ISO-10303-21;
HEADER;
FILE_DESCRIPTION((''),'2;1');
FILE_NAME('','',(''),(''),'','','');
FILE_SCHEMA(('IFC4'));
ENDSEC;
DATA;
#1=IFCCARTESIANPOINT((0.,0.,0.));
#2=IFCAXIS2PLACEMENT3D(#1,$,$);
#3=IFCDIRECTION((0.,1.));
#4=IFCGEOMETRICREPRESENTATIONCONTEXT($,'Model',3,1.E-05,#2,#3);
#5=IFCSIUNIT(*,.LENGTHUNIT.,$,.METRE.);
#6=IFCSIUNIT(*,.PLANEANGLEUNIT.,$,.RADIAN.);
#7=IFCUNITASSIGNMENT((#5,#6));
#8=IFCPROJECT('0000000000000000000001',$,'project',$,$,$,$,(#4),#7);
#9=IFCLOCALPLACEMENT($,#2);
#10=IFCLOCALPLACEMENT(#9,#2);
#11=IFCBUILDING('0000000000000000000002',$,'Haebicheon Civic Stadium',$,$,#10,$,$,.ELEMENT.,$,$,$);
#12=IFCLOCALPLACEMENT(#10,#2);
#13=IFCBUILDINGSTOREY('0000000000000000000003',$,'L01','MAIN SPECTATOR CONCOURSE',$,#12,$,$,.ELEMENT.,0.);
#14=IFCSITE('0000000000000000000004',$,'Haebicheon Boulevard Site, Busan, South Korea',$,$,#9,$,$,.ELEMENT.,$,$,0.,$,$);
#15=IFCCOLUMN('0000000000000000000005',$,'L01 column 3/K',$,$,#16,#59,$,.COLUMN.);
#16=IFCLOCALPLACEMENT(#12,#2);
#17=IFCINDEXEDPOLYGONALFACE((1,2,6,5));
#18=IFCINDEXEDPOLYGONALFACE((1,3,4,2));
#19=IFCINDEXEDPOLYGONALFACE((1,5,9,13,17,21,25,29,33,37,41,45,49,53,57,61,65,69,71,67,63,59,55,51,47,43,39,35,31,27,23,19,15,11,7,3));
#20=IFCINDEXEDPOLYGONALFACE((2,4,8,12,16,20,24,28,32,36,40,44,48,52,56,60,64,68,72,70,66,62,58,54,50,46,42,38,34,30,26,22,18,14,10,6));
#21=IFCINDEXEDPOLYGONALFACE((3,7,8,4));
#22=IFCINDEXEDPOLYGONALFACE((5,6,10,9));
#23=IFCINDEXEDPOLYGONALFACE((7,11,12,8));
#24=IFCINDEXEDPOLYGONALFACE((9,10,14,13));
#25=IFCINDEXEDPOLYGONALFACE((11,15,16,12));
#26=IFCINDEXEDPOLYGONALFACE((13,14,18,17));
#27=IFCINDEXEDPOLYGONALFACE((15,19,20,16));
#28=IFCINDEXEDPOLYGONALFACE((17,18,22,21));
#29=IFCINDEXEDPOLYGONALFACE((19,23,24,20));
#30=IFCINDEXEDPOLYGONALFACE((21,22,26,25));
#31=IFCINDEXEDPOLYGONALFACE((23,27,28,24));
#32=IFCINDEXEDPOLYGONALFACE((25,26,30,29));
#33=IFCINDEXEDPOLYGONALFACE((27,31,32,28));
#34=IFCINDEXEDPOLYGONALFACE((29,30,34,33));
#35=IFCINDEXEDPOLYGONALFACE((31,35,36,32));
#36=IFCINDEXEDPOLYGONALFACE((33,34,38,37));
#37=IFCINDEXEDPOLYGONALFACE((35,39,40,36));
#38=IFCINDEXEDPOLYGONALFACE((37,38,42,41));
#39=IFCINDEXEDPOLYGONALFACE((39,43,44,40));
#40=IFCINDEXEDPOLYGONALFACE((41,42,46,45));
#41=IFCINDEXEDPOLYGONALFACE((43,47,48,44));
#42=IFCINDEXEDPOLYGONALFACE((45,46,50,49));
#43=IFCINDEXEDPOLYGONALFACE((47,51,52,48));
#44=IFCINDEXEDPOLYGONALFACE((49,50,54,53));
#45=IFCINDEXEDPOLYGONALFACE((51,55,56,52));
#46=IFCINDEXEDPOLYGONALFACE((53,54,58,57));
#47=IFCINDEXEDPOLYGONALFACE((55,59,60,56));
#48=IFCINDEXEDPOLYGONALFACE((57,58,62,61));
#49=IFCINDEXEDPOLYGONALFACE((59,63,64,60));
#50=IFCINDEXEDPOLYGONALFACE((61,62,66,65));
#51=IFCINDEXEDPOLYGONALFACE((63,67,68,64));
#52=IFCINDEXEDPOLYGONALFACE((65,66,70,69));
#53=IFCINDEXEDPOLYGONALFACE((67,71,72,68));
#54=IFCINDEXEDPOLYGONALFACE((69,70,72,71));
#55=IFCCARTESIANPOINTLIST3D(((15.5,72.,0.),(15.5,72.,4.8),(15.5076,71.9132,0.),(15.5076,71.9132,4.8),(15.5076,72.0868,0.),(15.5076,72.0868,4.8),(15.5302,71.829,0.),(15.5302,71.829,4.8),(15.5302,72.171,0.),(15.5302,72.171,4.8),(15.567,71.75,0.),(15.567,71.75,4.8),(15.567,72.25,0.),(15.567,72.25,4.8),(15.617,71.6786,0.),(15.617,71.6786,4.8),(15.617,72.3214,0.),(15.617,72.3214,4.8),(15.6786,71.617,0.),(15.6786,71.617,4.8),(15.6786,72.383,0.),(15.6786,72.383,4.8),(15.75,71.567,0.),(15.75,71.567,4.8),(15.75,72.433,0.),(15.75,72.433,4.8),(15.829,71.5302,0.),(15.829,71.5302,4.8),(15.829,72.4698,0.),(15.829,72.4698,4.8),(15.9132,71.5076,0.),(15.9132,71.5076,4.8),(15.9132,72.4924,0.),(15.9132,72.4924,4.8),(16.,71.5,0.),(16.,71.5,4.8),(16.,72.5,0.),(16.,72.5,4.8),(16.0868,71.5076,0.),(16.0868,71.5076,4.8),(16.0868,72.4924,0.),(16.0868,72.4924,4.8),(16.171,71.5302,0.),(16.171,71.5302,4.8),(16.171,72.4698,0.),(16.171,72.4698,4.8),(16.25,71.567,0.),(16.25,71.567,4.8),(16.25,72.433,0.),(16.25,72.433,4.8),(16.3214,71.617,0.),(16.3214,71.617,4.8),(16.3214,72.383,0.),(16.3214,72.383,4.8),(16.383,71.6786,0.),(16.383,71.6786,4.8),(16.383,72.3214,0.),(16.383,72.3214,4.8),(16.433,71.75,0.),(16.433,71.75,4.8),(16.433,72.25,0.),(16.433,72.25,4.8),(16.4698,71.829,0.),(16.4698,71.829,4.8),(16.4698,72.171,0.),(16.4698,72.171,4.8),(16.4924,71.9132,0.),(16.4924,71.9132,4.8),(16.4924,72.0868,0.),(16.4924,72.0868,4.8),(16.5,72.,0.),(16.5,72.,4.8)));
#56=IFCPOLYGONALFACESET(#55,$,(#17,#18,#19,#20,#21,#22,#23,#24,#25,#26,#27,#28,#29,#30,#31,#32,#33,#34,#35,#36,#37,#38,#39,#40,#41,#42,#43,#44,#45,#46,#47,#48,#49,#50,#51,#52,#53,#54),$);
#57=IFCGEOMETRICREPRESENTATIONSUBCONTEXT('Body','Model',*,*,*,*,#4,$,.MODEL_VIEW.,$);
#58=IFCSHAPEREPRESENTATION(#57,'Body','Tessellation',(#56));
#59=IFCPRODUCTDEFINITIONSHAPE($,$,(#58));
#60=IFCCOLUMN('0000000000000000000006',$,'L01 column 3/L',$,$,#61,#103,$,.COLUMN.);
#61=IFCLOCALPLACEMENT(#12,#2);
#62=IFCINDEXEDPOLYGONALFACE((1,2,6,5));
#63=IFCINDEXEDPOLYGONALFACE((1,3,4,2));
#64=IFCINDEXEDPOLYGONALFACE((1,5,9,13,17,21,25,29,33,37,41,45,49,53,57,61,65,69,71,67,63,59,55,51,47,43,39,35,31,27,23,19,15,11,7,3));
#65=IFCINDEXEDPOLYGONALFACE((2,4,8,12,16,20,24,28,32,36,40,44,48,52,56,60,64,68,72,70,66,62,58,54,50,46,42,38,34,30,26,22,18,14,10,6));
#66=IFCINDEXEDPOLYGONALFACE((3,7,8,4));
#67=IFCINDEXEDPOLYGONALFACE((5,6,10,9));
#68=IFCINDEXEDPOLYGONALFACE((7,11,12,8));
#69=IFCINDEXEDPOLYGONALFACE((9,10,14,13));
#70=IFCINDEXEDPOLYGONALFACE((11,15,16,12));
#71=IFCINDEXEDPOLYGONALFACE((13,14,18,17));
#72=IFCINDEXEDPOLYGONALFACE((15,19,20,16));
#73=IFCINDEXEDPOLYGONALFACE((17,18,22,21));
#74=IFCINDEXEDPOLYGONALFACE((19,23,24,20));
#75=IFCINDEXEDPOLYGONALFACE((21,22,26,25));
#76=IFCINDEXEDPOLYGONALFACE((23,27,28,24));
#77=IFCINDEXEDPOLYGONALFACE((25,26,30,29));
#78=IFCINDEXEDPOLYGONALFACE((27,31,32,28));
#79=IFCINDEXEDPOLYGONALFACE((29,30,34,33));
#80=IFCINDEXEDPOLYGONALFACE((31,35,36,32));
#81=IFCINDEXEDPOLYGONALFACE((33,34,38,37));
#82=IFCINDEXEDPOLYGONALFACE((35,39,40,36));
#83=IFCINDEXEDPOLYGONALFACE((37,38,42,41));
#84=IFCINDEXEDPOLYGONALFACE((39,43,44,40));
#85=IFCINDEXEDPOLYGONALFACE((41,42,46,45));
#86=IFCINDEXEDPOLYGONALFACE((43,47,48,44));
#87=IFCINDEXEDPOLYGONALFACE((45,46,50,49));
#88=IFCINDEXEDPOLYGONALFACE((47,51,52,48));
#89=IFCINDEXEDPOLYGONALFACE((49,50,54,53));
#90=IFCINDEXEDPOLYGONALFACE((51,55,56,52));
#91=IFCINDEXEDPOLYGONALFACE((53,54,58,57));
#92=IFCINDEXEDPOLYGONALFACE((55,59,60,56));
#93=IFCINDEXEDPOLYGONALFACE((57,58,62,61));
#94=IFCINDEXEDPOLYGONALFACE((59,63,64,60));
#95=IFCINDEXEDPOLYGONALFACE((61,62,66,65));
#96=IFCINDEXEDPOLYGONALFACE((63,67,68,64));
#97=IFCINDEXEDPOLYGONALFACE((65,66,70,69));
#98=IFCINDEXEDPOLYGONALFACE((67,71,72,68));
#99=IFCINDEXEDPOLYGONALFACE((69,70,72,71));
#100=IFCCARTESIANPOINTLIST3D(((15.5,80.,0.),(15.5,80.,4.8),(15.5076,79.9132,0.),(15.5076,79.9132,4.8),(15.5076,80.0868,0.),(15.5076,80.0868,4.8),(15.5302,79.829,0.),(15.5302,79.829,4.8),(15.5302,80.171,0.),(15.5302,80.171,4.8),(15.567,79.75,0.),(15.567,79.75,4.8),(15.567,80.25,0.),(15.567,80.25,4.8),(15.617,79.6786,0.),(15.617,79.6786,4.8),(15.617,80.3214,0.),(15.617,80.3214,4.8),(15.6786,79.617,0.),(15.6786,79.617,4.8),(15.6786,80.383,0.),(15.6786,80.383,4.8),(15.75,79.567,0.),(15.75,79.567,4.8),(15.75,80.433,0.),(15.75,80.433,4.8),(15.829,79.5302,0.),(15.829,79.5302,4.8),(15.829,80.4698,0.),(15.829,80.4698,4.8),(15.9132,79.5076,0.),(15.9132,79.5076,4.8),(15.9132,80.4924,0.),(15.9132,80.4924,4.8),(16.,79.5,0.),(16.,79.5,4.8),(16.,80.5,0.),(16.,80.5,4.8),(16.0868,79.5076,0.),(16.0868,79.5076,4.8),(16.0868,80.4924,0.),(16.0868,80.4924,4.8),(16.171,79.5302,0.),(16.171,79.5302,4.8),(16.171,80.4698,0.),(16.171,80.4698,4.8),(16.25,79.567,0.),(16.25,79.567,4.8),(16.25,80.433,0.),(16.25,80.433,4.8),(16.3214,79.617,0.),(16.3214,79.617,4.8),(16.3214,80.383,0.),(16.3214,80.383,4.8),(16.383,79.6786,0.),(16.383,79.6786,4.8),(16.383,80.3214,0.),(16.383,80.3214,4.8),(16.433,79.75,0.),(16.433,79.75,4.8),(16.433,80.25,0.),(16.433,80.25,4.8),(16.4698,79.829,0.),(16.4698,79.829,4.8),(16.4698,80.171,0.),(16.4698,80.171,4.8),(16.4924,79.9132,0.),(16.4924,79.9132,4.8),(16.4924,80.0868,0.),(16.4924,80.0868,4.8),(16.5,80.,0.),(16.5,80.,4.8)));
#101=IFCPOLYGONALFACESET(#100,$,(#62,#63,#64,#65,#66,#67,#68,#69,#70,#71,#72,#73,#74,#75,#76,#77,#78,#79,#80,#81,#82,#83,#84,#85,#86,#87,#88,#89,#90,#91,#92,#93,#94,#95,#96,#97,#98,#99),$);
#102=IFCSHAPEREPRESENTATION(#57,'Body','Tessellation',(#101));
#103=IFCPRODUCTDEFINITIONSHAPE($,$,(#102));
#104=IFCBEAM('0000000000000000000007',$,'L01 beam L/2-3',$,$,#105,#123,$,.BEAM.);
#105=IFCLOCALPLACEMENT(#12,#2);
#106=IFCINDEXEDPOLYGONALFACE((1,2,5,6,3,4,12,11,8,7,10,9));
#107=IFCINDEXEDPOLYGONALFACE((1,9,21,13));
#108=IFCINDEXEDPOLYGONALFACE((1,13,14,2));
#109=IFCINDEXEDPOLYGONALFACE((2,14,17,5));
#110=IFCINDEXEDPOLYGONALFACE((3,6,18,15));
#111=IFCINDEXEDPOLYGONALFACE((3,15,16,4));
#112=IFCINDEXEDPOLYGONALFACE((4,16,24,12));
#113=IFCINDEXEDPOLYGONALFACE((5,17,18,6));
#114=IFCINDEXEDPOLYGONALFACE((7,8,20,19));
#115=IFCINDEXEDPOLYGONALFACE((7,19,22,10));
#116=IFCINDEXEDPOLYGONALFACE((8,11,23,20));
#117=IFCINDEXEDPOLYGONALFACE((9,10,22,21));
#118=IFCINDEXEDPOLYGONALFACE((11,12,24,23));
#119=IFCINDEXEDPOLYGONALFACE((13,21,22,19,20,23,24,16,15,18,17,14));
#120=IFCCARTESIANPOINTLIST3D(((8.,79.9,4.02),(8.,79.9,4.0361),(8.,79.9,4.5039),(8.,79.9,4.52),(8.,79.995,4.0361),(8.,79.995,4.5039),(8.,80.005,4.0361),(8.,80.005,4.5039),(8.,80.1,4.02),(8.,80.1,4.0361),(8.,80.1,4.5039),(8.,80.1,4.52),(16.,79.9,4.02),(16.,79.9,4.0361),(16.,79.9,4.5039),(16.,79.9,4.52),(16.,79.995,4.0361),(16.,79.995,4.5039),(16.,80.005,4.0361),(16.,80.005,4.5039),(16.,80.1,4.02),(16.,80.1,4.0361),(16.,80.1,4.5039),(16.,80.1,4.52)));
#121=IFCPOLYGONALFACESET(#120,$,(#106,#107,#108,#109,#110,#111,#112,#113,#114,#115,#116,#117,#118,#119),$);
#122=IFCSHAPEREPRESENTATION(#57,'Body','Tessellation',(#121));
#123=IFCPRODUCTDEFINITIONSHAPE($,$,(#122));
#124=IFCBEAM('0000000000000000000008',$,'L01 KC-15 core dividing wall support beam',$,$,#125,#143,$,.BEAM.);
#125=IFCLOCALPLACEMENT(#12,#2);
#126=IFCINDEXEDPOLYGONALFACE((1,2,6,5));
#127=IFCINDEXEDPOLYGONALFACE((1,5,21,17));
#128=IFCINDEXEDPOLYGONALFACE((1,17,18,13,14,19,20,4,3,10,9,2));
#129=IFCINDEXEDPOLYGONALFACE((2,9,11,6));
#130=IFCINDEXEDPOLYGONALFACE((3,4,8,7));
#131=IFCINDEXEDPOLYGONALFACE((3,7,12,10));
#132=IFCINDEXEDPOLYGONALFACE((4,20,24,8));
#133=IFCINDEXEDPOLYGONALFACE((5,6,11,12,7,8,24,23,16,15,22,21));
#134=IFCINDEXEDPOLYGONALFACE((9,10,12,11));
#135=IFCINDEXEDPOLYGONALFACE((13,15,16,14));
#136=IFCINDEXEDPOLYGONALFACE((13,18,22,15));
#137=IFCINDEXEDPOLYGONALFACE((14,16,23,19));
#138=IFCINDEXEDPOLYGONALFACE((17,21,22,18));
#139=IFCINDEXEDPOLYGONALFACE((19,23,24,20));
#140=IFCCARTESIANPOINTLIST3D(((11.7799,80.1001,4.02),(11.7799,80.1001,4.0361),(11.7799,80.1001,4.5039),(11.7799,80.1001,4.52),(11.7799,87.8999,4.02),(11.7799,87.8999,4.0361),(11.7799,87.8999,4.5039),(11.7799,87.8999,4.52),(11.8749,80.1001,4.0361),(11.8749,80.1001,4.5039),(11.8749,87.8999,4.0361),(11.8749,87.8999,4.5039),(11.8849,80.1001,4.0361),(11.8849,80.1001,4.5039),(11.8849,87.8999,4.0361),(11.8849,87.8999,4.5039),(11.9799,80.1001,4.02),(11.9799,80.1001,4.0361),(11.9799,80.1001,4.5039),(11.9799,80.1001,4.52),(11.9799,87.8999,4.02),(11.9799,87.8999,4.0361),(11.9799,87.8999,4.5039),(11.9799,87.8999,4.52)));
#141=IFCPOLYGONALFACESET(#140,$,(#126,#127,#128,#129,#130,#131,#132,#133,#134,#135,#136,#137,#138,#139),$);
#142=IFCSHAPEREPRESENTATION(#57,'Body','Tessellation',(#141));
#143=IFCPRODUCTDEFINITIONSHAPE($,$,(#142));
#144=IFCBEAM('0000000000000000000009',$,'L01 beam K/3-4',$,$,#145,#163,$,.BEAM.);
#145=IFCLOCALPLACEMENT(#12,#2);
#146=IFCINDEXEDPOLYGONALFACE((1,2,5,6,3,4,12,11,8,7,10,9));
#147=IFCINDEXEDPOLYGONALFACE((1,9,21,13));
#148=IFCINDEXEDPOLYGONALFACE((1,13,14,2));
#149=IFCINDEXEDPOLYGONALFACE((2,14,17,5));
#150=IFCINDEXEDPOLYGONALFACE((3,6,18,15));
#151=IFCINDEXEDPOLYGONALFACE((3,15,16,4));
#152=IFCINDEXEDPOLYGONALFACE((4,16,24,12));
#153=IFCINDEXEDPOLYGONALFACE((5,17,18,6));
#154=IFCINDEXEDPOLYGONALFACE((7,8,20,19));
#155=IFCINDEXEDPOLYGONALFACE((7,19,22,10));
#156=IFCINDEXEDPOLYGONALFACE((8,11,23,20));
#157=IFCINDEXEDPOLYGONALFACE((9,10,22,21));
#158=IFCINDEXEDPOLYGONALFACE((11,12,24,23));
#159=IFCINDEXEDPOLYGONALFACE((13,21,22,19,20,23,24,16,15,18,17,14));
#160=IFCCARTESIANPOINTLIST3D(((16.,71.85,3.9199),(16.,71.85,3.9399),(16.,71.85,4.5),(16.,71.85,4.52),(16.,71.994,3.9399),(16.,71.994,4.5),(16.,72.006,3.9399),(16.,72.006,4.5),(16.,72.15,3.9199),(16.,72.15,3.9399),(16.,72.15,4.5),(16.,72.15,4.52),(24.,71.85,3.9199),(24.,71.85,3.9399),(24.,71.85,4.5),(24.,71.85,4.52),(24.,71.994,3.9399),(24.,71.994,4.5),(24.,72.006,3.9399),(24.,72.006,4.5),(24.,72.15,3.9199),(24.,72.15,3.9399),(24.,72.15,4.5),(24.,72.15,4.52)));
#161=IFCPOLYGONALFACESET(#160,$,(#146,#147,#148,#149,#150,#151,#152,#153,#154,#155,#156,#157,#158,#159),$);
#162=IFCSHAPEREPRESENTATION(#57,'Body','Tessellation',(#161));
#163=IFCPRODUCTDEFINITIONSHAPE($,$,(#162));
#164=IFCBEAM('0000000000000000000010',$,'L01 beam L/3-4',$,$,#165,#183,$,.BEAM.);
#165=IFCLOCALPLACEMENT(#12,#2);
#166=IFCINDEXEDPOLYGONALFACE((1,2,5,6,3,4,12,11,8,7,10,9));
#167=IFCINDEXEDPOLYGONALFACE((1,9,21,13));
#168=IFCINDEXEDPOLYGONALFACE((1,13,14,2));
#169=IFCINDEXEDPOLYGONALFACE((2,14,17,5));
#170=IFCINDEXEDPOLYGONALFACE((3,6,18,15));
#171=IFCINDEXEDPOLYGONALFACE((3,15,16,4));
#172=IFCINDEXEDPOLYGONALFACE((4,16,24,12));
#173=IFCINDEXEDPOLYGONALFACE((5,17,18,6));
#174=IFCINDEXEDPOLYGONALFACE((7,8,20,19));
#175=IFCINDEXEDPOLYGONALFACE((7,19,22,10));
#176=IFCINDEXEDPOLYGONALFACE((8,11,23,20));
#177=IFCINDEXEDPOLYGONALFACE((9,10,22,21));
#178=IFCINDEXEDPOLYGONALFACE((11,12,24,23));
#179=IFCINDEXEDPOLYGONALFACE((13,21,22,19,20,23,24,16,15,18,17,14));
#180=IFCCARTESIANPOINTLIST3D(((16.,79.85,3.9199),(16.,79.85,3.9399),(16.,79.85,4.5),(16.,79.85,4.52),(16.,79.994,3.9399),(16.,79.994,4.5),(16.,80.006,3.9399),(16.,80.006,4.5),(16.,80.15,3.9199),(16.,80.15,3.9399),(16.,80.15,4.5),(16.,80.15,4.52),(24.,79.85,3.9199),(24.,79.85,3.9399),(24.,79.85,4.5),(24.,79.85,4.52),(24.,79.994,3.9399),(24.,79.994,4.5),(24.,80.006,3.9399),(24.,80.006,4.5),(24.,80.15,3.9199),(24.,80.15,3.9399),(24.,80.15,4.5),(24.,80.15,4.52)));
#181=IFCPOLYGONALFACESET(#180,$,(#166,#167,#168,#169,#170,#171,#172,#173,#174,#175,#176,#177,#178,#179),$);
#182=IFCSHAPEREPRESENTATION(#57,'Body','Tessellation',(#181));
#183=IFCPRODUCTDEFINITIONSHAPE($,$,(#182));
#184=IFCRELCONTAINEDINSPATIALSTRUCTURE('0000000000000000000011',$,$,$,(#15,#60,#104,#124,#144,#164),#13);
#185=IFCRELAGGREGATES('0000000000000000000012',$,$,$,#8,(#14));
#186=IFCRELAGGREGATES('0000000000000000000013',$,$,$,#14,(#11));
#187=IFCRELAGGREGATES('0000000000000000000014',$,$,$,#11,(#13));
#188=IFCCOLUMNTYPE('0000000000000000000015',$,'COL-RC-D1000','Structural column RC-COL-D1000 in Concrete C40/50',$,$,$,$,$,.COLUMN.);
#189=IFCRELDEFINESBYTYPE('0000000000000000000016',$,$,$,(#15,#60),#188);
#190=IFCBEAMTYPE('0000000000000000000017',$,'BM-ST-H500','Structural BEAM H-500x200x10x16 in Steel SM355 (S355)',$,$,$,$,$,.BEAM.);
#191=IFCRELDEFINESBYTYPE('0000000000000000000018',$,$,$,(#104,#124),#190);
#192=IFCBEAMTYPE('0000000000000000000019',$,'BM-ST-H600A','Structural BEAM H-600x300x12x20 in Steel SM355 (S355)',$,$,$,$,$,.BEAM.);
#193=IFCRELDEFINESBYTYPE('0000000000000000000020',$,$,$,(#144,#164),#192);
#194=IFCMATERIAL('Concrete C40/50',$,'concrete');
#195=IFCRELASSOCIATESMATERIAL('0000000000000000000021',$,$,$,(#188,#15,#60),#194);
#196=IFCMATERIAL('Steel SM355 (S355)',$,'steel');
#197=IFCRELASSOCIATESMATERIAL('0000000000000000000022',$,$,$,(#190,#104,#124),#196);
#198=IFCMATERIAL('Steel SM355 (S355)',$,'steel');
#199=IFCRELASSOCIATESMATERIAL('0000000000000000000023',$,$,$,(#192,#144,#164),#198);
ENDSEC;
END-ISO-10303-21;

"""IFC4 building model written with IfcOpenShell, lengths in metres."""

from ifc_helpers import new_model, si_unit, direction, frame, origin, origin_2d, place, context, subcontext, project, spatial, circle, i_section, extrude, material, material_profile, profile_set, type_object, element, save


model = new_model("IFC4")

# Units and contexts
model_context = context("Model", 3, precision=1e-05, world=origin(), true_north=direction((0.0, 1.0)))
body_context = subcontext(model_context, "Body", "Model", "MODEL_VIEW")
ifc_project = project(units=[si_unit("LENGTHUNIT", "METRE"), si_unit("PLANEANGLEUNIT", "RADIAN")], contexts=[model_context])

# Site, building, storey
site_placement = place(None, origin())
site = spatial("IfcSite", under=ifc_project, at=site_placement, Name="Haebicheon Boulevard Site, Busan, South Korea", CompositionType="ELEMENT", RefElevation=0.0)
building_placement = place(site_placement, origin())
building = spatial("IfcBuilding", under=site, at=building_placement, Name="Haebicheon Civic Stadium", CompositionType="ELEMENT")
storey_placement = place(building_placement, origin())
storey = spatial("IfcBuildingStorey", under=building, at=storey_placement, Name="L01", Description="MAIN SPECTATOR CONCOURSE", CompositionType="ELEMENT", Elevation=0.0)

# Columns
ifc_material_1 = material(Name="Concrete C40/50", Category="concrete")
ifc_material_profile_1 = material_profile(ifc_material_1, circle(Radius=0.5, at=origin_2d()), Name="RC-COL-D1000")
ifc_profile_set_1 = profile_set([ifc_material_profile_1], Name="Concrete C40/50")
column_type = type_object("IfcColumnType", Name="COL-RC-D1000", Description="Structural column RC-COL-D1000 in Concrete C40/50", PredefinedType="COLUMN", material=ifc_profile_set_1)
for number, where, z_axis, x_axis, name in (
    (1, (16.0, 72.0, 0.0), (0.0, 0.0, 1.0), (1.0, 0.0, 0.0), "L01 column 3/K"),
    (2, (16.0, 80.0, 0.0), (0.0, 0.0, 1.0), (1.0, 0.0, 0.0), "L01 column 3/L"),
):
    element("IfcColumn", number, at=place(storey_placement, frame(where, z_axis=z_axis, x_axis=x_axis)), inside=storey, type_object=column_type, material=ifc_profile_set_1, Name=name, PredefinedType="COLUMN", context=body_context, shape_type="SweptSolid", body=[
        extrude(circle(Radius=0.5, at=origin_2d()), origin(), (0.0, 0.0, 1.0), 4.8),
    ])

# Beams
ifc_material_2 = material(Name="Steel SM355 (S355)", Category="steel")
ifc_material_profile_2 = material_profile(ifc_material_2, i_section(OverallWidth=0.2, OverallDepth=0.5, WebThickness=0.01, FlangeThickness=0.0161, at=origin_2d()), Name="H-500x200x10x16")
ifc_profile_set_2 = profile_set([ifc_material_profile_2], Name="Steel SM355 (S355)")
beam_type_1 = type_object("IfcBeamType", Name="BM-ST-H500", Description="Structural BEAM H-500x200x10x16 in Steel SM355 (S355)", PredefinedType="BEAM", material=ifc_profile_set_2)
beam_1_placement = place(storey_placement, frame((8.0, 80.0, 4.27), z_axis=(1.0, 0.0, 0.0), x_axis=(0.0, 1.0, 0.0)))
element("IfcBeam", 3, at=beam_1_placement, inside=storey, type_object=beam_type_1, material=ifc_profile_set_2, Name="L01 beam L/2-3", PredefinedType="BEAM", context=body_context, shape_type="SweptSolid", body=[
    extrude(i_section(OverallWidth=0.2, OverallDepth=0.5, WebThickness=0.01, FlangeThickness=0.0161, at=origin_2d()), origin(), (0.0, 0.0, 1.0), 8.0),
])
beam_2_placement = place(storey_placement, frame((11.8799, 80.1001, 4.27), z_axis=(0.0, 1.0, 0.0), x_axis=(-1.0, 0.0, 0.0)))
element("IfcBeam", 4, at=beam_2_placement, inside=storey, type_object=beam_type_1, material=ifc_profile_set_2, Name="L01 KC-15 core dividing wall support beam", PredefinedType="BEAM", context=body_context, shape_type="SweptSolid", body=[
    extrude(i_section(OverallWidth=0.2, OverallDepth=0.5, WebThickness=0.01, FlangeThickness=0.0161, at=origin_2d()), origin(), (0.0, 0.0, 1.0), 7.7998),
])
ifc_material_3 = material(Name="Steel SM355 (S355)", Category="steel")
ifc_material_profile_3 = material_profile(ifc_material_3, i_section(OverallWidth=0.3, OverallDepth=0.6001, WebThickness=0.012, FlangeThickness=0.02, at=origin_2d()), Name="H-600x300x12x20")
ifc_profile_set_3 = profile_set([ifc_material_profile_3], Name="Steel SM355 (S355)")
beam_type_2 = type_object("IfcBeamType", Name="BM-ST-H600A", Description="Structural BEAM H-600x300x12x20 in Steel SM355 (S355)", PredefinedType="BEAM", material=ifc_profile_set_3)
for number, where, z_axis, x_axis, name in (
    (5, (16.0, 72.0, 4.22), (1.0, 0.0, 0.0), (0.0, 1.0, 0.0), "L01 beam K/3-4"),
    (6, (16.0, 80.0, 4.22), (1.0, 0.0, 0.0), (0.0, 1.0, 0.0), "L01 beam L/3-4"),
):
    element("IfcBeam", number, at=place(storey_placement, frame(where, z_axis=z_axis, x_axis=x_axis)), inside=storey, type_object=beam_type_2, material=ifc_profile_set_3, Name=name, PredefinedType="BEAM", context=body_context, shape_type="SweptSolid", body=[
        extrude(i_section(OverallWidth=0.3, OverallDepth=0.6001, WebThickness=0.012, FlangeThickness=0.02, at=origin_2d()), origin(), (0.0, 0.0, 1.0), 8.0),
    ])

save(model, "model.ifc")
